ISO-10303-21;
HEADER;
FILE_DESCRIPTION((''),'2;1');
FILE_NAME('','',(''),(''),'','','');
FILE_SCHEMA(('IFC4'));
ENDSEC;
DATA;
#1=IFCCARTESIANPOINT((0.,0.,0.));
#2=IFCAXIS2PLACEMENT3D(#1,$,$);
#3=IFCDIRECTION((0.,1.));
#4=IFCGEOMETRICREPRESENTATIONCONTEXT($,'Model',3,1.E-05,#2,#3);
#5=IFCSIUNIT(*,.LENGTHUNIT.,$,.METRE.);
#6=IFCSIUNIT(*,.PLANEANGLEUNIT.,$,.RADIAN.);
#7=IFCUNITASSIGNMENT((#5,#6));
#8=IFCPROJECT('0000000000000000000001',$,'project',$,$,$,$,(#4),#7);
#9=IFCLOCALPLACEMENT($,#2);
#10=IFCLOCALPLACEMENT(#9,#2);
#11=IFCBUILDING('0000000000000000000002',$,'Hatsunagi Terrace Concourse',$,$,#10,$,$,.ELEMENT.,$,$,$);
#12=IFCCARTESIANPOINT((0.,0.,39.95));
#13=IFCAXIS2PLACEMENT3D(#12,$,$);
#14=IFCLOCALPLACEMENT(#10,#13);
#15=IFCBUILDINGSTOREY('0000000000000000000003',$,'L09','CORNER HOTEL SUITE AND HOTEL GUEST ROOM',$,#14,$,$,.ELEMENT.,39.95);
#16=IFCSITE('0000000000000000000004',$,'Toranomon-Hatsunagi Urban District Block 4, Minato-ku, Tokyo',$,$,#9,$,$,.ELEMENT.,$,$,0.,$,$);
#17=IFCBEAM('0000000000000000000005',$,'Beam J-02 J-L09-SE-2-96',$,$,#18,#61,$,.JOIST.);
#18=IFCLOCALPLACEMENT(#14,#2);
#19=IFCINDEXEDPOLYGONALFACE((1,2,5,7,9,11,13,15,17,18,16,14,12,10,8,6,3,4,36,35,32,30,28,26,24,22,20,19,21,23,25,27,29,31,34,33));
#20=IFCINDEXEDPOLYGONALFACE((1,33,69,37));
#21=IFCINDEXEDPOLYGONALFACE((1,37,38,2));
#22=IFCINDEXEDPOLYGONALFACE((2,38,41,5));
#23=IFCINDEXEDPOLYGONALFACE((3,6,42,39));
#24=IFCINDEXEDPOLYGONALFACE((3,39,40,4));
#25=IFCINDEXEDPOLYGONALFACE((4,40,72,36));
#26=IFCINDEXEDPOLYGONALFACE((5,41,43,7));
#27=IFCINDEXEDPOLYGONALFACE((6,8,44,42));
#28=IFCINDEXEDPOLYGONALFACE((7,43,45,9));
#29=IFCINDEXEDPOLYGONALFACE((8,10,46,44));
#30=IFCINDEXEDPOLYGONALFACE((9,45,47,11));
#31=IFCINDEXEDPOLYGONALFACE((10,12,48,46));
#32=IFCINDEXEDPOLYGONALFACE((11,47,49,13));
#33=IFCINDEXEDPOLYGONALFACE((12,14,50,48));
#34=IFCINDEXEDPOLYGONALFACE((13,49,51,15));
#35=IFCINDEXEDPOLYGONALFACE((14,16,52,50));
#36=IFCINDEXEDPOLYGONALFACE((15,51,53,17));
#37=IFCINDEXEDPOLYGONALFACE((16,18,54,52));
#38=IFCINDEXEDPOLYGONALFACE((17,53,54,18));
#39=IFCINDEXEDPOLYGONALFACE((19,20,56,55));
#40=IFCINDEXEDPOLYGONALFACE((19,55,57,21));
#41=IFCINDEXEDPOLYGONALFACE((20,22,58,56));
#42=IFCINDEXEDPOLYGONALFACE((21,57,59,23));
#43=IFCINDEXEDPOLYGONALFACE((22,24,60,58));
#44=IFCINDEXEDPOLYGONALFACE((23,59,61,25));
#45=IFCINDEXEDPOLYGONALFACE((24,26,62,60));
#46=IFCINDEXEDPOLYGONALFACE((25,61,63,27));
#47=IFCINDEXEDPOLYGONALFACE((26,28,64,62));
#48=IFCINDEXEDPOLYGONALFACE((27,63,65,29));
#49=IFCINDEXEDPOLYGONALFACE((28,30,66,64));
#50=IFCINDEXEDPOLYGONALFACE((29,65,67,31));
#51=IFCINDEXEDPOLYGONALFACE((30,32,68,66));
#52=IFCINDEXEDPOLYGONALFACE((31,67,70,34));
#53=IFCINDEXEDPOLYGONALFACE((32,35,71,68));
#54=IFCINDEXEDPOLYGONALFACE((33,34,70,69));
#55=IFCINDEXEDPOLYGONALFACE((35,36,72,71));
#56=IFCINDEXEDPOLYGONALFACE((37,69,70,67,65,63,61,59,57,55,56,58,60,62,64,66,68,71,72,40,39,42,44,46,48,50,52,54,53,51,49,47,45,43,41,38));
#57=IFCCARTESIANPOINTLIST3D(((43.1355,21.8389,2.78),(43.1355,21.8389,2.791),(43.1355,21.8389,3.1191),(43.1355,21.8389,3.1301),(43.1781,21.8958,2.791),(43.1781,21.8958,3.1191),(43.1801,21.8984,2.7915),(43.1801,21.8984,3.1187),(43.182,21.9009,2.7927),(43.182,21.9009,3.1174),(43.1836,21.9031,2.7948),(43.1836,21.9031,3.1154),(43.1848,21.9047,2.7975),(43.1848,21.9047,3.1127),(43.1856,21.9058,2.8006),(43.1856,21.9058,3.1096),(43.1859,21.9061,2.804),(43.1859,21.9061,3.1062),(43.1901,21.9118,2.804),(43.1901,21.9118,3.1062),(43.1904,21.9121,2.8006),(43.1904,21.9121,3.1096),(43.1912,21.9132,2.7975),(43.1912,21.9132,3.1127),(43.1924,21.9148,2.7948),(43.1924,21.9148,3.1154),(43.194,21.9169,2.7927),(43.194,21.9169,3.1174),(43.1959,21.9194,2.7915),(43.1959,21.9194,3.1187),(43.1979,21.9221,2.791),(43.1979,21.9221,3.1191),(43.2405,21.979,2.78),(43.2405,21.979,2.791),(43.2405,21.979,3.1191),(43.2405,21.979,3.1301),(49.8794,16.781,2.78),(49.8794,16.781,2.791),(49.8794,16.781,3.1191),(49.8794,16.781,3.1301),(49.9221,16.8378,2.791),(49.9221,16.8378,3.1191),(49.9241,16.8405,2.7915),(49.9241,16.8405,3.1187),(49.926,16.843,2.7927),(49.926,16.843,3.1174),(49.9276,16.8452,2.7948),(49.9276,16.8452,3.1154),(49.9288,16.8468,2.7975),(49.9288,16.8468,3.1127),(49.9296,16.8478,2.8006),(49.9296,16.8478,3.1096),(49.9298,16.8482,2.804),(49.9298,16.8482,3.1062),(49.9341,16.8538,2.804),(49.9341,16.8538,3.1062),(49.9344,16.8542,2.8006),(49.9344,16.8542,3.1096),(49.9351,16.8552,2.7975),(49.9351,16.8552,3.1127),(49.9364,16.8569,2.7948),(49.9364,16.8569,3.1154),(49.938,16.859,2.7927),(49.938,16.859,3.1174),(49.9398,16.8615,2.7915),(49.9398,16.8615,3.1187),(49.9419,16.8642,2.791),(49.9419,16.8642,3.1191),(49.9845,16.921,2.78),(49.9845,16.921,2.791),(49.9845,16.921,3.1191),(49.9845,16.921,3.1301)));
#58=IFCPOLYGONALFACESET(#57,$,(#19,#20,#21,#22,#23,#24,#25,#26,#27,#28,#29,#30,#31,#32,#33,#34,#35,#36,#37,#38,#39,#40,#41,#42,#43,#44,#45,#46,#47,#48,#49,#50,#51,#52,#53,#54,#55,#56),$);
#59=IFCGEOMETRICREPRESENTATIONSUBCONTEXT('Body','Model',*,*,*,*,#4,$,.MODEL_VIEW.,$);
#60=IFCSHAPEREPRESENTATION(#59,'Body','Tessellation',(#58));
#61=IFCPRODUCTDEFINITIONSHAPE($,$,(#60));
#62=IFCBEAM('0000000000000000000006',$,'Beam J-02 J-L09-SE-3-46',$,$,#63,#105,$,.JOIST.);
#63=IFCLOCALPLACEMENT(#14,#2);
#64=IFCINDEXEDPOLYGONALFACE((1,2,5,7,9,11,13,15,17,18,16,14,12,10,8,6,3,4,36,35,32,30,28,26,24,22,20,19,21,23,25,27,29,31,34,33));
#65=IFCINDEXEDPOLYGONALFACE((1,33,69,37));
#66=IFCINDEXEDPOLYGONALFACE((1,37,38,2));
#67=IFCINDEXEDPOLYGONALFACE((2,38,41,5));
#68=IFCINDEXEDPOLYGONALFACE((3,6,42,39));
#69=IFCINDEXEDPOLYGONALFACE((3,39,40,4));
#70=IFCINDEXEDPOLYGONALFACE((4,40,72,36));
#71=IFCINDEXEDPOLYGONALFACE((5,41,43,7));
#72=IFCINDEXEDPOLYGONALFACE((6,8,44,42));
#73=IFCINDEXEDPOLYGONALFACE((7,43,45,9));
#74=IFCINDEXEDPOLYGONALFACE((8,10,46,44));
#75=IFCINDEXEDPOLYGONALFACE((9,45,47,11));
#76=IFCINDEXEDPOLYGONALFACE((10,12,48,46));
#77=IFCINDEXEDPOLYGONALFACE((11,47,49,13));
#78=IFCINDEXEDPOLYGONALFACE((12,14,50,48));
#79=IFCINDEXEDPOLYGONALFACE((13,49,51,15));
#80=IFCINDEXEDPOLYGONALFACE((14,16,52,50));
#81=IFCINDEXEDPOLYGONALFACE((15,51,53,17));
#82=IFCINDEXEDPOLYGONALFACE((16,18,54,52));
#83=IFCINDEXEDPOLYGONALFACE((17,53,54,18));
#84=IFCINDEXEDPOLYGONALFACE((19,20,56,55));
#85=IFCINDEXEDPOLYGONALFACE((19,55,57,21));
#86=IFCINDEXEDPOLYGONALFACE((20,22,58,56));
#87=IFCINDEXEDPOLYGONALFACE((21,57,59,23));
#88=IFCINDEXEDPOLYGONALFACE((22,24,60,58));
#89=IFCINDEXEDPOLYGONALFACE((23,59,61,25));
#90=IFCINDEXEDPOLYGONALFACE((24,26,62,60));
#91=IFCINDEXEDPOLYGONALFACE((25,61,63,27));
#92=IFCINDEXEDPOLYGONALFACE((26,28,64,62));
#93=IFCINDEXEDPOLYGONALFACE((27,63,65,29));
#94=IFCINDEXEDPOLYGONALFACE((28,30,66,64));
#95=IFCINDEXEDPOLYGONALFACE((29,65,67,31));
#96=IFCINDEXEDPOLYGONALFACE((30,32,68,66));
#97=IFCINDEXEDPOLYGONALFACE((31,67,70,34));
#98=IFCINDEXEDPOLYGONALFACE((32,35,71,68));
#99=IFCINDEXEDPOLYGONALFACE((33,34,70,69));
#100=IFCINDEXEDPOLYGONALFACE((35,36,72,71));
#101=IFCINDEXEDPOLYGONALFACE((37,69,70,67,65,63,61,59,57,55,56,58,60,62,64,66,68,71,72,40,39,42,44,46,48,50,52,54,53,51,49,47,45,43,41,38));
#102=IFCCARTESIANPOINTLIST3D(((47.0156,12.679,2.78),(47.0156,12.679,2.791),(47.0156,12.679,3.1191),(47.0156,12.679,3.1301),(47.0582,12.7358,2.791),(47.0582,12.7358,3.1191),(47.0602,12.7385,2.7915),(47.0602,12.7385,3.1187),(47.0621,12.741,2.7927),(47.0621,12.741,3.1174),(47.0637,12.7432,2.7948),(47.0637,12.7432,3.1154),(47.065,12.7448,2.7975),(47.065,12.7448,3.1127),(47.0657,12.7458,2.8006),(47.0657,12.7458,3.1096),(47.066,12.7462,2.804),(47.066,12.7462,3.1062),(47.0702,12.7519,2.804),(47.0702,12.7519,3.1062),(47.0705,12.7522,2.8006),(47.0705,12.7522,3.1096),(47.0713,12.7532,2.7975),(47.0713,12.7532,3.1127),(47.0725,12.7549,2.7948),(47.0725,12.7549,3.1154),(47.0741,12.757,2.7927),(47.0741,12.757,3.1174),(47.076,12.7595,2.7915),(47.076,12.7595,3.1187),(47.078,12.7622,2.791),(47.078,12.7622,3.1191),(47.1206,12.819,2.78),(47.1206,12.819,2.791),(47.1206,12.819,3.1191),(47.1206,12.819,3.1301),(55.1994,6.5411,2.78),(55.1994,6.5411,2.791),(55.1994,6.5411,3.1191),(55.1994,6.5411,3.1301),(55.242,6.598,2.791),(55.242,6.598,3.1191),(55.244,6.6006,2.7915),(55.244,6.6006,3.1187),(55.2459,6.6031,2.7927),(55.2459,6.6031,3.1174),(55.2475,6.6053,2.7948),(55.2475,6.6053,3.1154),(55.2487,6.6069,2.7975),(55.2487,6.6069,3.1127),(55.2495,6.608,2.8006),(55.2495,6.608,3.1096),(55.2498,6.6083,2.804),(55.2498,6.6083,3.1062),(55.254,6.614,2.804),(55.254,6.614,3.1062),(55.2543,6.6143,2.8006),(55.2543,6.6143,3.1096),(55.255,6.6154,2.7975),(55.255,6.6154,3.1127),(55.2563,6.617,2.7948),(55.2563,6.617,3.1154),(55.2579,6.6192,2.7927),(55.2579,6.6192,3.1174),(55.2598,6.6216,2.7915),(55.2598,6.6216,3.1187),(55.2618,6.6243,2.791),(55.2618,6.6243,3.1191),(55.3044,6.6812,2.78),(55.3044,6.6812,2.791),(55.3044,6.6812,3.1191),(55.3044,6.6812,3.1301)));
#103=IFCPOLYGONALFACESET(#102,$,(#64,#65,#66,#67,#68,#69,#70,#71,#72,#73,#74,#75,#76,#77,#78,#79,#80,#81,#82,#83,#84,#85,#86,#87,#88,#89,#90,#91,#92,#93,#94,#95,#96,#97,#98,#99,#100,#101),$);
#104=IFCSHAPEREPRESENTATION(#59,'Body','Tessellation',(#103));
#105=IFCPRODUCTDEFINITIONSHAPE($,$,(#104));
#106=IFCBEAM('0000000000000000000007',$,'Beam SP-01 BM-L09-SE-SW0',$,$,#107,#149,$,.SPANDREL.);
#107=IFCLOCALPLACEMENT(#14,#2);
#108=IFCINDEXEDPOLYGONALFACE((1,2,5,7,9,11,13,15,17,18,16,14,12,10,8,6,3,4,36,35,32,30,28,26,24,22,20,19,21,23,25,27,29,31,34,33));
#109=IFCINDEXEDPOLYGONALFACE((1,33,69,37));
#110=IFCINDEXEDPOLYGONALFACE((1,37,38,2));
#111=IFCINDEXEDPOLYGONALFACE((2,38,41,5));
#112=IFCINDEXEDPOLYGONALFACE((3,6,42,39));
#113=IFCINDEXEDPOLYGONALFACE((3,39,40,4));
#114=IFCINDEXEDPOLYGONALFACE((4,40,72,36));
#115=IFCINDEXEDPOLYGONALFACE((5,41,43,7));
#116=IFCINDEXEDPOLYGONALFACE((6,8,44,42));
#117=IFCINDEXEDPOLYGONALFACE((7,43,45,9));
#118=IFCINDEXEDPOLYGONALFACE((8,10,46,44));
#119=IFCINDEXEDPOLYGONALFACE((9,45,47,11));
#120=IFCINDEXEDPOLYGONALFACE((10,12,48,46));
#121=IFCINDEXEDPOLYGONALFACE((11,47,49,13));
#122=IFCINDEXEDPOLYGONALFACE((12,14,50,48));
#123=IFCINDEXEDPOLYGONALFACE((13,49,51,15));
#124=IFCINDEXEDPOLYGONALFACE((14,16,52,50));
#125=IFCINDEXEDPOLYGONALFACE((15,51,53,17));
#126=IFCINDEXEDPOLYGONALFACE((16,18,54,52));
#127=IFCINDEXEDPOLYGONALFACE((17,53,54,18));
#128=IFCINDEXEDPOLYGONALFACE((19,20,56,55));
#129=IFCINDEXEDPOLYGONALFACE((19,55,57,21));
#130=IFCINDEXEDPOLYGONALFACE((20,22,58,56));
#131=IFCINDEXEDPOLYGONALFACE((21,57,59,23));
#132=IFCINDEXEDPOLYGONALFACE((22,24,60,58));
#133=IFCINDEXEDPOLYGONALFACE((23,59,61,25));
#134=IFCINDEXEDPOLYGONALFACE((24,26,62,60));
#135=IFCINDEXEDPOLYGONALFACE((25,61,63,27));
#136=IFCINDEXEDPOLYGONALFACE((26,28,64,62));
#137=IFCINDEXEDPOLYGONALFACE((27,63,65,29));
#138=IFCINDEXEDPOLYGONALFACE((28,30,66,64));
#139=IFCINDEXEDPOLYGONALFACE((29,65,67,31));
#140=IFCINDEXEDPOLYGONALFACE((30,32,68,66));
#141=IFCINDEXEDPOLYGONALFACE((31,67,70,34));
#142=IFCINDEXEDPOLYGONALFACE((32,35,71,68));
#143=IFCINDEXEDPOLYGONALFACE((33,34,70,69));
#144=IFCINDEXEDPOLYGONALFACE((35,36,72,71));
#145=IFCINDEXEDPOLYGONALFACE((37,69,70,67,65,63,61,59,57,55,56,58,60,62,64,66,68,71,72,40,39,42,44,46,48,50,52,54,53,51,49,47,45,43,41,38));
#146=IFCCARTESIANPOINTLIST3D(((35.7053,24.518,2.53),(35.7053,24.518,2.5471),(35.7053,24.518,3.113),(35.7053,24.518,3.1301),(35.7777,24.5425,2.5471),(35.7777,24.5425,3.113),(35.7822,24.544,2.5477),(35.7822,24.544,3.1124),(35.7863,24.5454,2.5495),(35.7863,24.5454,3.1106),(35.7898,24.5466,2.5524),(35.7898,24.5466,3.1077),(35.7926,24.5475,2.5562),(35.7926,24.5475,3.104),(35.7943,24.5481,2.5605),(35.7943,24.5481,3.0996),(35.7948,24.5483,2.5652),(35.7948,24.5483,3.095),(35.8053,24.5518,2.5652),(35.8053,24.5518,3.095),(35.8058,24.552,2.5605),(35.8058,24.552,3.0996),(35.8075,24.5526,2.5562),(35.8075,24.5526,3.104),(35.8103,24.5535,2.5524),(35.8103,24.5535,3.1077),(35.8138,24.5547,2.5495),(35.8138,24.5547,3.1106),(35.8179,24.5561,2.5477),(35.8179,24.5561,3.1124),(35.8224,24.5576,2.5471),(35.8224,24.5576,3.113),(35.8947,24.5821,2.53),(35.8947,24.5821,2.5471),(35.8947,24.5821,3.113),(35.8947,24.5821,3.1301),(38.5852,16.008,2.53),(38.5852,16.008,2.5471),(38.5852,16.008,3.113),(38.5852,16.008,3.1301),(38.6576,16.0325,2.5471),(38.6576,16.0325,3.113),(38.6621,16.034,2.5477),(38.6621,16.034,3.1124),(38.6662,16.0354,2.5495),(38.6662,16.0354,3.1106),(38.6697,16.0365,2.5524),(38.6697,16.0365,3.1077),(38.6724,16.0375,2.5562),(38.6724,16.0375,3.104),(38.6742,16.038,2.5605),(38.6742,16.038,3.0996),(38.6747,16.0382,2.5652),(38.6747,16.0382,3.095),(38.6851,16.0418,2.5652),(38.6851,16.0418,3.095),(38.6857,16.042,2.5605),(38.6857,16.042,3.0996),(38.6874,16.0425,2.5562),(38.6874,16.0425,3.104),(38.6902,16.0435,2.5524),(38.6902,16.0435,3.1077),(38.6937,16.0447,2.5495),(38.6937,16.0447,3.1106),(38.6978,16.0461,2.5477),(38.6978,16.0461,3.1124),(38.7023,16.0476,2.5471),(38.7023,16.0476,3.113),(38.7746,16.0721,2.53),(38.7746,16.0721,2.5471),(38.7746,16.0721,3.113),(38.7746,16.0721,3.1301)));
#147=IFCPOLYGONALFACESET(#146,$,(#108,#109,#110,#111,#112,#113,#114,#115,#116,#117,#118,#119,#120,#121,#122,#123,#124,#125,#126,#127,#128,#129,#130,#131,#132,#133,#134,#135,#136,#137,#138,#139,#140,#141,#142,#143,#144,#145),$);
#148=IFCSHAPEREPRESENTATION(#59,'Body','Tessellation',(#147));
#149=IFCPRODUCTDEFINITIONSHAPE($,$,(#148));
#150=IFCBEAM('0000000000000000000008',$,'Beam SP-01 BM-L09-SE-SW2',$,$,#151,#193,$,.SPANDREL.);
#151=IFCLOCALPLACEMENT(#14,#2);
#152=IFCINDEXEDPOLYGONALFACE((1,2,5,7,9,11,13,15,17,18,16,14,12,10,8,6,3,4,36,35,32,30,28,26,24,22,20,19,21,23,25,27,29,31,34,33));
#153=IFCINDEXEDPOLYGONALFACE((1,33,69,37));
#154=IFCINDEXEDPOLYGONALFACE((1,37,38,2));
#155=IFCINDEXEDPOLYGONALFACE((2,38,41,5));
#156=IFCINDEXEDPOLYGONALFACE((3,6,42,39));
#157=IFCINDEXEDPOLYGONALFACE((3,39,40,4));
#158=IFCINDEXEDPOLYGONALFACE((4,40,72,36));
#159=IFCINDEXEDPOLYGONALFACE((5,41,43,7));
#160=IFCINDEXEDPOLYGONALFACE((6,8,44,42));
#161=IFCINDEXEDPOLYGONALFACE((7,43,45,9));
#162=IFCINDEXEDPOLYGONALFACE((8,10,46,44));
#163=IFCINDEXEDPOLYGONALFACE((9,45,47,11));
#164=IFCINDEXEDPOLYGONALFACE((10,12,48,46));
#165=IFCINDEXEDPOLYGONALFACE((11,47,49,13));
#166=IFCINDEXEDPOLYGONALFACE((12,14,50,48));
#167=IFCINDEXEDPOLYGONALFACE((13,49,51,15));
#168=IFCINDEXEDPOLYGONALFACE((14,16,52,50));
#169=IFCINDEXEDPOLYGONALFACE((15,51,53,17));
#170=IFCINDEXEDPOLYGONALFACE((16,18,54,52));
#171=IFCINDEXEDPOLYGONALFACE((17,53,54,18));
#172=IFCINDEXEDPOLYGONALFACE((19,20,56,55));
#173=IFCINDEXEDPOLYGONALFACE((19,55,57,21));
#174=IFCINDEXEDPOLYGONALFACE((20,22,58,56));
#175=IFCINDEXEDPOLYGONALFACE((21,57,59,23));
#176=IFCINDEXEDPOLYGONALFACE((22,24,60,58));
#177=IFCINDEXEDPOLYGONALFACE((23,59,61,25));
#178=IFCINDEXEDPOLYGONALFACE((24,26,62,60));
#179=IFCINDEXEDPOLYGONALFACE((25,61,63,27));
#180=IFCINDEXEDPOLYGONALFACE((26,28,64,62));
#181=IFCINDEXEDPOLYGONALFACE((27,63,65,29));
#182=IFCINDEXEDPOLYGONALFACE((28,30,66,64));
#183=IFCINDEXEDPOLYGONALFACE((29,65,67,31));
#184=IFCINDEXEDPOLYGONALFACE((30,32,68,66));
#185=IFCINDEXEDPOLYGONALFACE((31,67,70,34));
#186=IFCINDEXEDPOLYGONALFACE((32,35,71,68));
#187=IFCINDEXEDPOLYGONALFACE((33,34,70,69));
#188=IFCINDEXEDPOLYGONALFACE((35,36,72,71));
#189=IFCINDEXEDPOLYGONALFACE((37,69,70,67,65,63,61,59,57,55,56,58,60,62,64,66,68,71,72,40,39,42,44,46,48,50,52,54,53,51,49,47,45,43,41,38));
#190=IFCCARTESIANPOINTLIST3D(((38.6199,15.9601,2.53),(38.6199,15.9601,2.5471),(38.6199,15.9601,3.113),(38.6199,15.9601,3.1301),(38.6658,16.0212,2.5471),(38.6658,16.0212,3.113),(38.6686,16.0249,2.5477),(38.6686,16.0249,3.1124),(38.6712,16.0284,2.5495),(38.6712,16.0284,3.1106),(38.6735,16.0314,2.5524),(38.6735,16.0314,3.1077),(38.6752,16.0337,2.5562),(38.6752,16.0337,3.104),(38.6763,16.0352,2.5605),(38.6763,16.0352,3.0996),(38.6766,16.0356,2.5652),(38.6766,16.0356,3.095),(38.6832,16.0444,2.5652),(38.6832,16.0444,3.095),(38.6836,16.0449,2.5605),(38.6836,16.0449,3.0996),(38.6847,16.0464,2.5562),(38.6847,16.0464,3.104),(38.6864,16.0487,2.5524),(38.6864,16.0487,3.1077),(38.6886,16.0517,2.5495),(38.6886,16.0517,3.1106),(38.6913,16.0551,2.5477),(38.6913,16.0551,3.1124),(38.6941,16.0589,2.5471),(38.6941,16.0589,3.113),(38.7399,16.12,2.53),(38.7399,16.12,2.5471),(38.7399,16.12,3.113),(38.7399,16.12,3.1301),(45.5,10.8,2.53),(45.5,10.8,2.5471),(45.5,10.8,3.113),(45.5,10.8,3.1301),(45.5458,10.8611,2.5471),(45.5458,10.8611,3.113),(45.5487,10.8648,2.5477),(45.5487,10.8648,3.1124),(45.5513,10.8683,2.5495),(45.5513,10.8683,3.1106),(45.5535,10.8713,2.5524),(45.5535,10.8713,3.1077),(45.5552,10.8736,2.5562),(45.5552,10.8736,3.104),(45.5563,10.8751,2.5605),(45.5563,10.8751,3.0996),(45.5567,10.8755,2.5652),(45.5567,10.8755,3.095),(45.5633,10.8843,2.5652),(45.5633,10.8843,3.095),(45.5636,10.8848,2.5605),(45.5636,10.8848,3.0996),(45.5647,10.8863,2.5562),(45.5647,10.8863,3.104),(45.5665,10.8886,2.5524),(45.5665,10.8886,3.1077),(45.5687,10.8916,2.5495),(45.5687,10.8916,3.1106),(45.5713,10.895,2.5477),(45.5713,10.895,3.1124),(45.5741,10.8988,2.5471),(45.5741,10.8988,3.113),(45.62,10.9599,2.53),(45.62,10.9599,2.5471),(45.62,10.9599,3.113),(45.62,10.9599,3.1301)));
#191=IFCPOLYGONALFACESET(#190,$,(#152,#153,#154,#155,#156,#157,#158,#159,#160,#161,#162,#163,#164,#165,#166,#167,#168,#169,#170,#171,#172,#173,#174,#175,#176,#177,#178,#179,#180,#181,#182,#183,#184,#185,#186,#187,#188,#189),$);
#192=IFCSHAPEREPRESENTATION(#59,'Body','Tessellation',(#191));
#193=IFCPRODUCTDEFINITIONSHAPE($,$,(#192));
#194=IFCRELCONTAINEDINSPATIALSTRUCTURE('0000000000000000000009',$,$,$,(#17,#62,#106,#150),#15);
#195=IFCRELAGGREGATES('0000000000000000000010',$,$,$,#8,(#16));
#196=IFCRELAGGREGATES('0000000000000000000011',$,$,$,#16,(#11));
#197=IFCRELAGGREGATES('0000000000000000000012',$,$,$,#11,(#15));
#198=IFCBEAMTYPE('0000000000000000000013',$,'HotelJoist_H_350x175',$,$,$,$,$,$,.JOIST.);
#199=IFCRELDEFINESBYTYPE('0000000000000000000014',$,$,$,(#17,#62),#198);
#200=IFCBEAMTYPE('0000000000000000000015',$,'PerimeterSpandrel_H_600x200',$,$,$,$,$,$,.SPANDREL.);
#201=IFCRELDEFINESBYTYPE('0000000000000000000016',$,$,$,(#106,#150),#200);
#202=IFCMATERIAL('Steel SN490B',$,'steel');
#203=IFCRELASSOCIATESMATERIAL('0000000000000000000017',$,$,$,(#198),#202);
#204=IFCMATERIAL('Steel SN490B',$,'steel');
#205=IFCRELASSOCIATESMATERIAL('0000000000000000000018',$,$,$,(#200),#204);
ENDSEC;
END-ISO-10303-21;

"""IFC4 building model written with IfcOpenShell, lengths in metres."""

from ifc_helpers import new_model, si_unit, direction, frame, origin, origin_2d, place, context, subcontext, project, spatial, i_section, extrude, material, material_profile, profile_set, type_object, element, save


model = new_model("IFC4")

# Units and contexts
model_context = context("Model", 3, precision=1e-05, world=origin(), true_north=direction((0.0, 1.0)))
body_context = subcontext(model_context, "Body", "Model", "MODEL_VIEW")
ifc_project = project(units=[si_unit("LENGTHUNIT", "METRE"), si_unit("PLANEANGLEUNIT", "RADIAN")], contexts=[model_context])

# Site, building, storey
site_placement = place(None, origin())
site = spatial("IfcSite", under=ifc_project, at=site_placement, Name="Toranomon-Hatsunagi Urban District Block 4, Minato-ku, Tokyo", CompositionType="ELEMENT", RefElevation=0.0)
building_placement = place(site_placement, origin())
building = spatial("IfcBuilding", under=site, at=building_placement, Name="Hatsunagi Terrace Concourse", CompositionType="ELEMENT")
storey_placement = place(building_placement, frame((0.0, 0.0, 39.95)))
storey = spatial("IfcBuildingStorey", under=building, at=storey_placement, Name="L09", Description="CORNER HOTEL SUITE AND HOTEL GUEST ROOM", CompositionType="ELEMENT", Elevation=39.95)

# Beams
ifc_material_1 = material(Name="Steel SN490B", Category="steel")
ifc_material_profile_1 = material_profile(ifc_material_1, i_section(OverallWidth=0.175, OverallDepth=0.3501, WebThickness=0.0071, FlangeThickness=0.011, FilletRadius=0.0129, at=origin_2d()), Name="H-350x175x7x11")
ifc_profile_set_1 = profile_set([ifc_material_profile_1], Name="Steel SN490B")
beam_type_1 = type_object("IfcBeamType", Name="HotelJoist_H_350x175", PredefinedType="JOIST", material=ifc_profile_set_1)
for number, where, z_axis, x_axis, name in (
    (1, (43.188, 21.9089, 2.9551), (0.800003, -0.599995, 0.0), (0.599995, 0.800003, 0.0), "Beam J-02 J-L09-SE-2-96"),
):
    element("IfcBeam", number, at=place(storey_placement, frame(where, z_axis=z_axis, x_axis=x_axis)), inside=storey, type_object=beam_type_1, Name=name, PredefinedType="JOIST", context=body_context, shape_type="SweptSolid", body=[
        extrude(i_section(OverallWidth=0.175, OverallDepth=0.3501, WebThickness=0.0071, FlangeThickness=0.011, FilletRadius=0.0129, at=origin_2d()), origin(), (0.0, 0.0, 1.0), 8.4299),
    ])
beam_1_placement = place(storey_placement, frame((47.0681, 12.749, 2.9551), z_axis=(0.799997, -0.600004, 0.0), x_axis=(0.600004, 0.799997, 0.0)))
element("IfcBeam", 2, at=beam_1_placement, inside=storey, type_object=beam_type_1, Name="Beam J-02 J-L09-SE-3-46", PredefinedType="JOIST", context=body_context, shape_type="SweptSolid", body=[
    extrude(i_section(OverallWidth=0.175, OverallDepth=0.3501, WebThickness=0.0071, FlangeThickness=0.011, FilletRadius=0.0129, at=origin_2d()), origin(), (0.0, 0.0, 1.0), 10.2297),
])
ifc_material_2 = material(Name="Steel SN490B", Category="steel")
ifc_material_profile_2 = material_profile(ifc_material_2, i_section(OverallWidth=0.2, OverallDepth=0.6001, WebThickness=0.011, FlangeThickness=0.0171, FilletRadius=0.0181, at=origin_2d()), Name="H-600x200x11x17")
ifc_profile_set_2 = profile_set([ifc_material_profile_2], Name="Steel SN490B")
beam_type_2 = type_object("IfcBeamType", Name="PerimeterSpandrel_H_600x200", PredefinedType="SPANDREL", material=ifc_profile_set_2)
beam_2_placement = place(storey_placement, frame((35.8, 24.55, 2.8301), z_axis=(0.320553, -0.94723, 0.0), x_axis=(0.94723, 0.320553, 0.0)))
element("IfcBeam", 3, at=beam_2_placement, inside=storey, type_object=beam_type_2, Name="Beam SP-01 BM-L09-SE-SW0", PredefinedType="SPANDREL", context=body_context, shape_type="SweptSolid", body=[
    extrude(i_section(OverallWidth=0.2, OverallDepth=0.6001, WebThickness=0.011, FlangeThickness=0.0171, FilletRadius=0.0181, at=origin_2d()), origin(), (0.0, 0.0, 1.0), 8.9841),
])
beam_3_placement = place(storey_placement, frame((38.6799, 16.04, 2.8301), z_axis=(0.799997, -0.600005, 0.0), x_axis=(0.600005, 0.799997, 0.0)))
element("IfcBeam", 4, at=beam_3_placement, inside=storey, type_object=beam_type_2, Name="Beam SP-01 BM-L09-SE-SW2", PredefinedType="SPANDREL", context=body_context, shape_type="SweptSolid", body=[
    extrude(i_section(OverallWidth=0.2, OverallDepth=0.6001, WebThickness=0.011, FlangeThickness=0.0171, FilletRadius=0.0181, at=origin_2d()), origin(), (0.0, 0.0, 1.0), 8.6001),
])

save(model, "model.ifc")
